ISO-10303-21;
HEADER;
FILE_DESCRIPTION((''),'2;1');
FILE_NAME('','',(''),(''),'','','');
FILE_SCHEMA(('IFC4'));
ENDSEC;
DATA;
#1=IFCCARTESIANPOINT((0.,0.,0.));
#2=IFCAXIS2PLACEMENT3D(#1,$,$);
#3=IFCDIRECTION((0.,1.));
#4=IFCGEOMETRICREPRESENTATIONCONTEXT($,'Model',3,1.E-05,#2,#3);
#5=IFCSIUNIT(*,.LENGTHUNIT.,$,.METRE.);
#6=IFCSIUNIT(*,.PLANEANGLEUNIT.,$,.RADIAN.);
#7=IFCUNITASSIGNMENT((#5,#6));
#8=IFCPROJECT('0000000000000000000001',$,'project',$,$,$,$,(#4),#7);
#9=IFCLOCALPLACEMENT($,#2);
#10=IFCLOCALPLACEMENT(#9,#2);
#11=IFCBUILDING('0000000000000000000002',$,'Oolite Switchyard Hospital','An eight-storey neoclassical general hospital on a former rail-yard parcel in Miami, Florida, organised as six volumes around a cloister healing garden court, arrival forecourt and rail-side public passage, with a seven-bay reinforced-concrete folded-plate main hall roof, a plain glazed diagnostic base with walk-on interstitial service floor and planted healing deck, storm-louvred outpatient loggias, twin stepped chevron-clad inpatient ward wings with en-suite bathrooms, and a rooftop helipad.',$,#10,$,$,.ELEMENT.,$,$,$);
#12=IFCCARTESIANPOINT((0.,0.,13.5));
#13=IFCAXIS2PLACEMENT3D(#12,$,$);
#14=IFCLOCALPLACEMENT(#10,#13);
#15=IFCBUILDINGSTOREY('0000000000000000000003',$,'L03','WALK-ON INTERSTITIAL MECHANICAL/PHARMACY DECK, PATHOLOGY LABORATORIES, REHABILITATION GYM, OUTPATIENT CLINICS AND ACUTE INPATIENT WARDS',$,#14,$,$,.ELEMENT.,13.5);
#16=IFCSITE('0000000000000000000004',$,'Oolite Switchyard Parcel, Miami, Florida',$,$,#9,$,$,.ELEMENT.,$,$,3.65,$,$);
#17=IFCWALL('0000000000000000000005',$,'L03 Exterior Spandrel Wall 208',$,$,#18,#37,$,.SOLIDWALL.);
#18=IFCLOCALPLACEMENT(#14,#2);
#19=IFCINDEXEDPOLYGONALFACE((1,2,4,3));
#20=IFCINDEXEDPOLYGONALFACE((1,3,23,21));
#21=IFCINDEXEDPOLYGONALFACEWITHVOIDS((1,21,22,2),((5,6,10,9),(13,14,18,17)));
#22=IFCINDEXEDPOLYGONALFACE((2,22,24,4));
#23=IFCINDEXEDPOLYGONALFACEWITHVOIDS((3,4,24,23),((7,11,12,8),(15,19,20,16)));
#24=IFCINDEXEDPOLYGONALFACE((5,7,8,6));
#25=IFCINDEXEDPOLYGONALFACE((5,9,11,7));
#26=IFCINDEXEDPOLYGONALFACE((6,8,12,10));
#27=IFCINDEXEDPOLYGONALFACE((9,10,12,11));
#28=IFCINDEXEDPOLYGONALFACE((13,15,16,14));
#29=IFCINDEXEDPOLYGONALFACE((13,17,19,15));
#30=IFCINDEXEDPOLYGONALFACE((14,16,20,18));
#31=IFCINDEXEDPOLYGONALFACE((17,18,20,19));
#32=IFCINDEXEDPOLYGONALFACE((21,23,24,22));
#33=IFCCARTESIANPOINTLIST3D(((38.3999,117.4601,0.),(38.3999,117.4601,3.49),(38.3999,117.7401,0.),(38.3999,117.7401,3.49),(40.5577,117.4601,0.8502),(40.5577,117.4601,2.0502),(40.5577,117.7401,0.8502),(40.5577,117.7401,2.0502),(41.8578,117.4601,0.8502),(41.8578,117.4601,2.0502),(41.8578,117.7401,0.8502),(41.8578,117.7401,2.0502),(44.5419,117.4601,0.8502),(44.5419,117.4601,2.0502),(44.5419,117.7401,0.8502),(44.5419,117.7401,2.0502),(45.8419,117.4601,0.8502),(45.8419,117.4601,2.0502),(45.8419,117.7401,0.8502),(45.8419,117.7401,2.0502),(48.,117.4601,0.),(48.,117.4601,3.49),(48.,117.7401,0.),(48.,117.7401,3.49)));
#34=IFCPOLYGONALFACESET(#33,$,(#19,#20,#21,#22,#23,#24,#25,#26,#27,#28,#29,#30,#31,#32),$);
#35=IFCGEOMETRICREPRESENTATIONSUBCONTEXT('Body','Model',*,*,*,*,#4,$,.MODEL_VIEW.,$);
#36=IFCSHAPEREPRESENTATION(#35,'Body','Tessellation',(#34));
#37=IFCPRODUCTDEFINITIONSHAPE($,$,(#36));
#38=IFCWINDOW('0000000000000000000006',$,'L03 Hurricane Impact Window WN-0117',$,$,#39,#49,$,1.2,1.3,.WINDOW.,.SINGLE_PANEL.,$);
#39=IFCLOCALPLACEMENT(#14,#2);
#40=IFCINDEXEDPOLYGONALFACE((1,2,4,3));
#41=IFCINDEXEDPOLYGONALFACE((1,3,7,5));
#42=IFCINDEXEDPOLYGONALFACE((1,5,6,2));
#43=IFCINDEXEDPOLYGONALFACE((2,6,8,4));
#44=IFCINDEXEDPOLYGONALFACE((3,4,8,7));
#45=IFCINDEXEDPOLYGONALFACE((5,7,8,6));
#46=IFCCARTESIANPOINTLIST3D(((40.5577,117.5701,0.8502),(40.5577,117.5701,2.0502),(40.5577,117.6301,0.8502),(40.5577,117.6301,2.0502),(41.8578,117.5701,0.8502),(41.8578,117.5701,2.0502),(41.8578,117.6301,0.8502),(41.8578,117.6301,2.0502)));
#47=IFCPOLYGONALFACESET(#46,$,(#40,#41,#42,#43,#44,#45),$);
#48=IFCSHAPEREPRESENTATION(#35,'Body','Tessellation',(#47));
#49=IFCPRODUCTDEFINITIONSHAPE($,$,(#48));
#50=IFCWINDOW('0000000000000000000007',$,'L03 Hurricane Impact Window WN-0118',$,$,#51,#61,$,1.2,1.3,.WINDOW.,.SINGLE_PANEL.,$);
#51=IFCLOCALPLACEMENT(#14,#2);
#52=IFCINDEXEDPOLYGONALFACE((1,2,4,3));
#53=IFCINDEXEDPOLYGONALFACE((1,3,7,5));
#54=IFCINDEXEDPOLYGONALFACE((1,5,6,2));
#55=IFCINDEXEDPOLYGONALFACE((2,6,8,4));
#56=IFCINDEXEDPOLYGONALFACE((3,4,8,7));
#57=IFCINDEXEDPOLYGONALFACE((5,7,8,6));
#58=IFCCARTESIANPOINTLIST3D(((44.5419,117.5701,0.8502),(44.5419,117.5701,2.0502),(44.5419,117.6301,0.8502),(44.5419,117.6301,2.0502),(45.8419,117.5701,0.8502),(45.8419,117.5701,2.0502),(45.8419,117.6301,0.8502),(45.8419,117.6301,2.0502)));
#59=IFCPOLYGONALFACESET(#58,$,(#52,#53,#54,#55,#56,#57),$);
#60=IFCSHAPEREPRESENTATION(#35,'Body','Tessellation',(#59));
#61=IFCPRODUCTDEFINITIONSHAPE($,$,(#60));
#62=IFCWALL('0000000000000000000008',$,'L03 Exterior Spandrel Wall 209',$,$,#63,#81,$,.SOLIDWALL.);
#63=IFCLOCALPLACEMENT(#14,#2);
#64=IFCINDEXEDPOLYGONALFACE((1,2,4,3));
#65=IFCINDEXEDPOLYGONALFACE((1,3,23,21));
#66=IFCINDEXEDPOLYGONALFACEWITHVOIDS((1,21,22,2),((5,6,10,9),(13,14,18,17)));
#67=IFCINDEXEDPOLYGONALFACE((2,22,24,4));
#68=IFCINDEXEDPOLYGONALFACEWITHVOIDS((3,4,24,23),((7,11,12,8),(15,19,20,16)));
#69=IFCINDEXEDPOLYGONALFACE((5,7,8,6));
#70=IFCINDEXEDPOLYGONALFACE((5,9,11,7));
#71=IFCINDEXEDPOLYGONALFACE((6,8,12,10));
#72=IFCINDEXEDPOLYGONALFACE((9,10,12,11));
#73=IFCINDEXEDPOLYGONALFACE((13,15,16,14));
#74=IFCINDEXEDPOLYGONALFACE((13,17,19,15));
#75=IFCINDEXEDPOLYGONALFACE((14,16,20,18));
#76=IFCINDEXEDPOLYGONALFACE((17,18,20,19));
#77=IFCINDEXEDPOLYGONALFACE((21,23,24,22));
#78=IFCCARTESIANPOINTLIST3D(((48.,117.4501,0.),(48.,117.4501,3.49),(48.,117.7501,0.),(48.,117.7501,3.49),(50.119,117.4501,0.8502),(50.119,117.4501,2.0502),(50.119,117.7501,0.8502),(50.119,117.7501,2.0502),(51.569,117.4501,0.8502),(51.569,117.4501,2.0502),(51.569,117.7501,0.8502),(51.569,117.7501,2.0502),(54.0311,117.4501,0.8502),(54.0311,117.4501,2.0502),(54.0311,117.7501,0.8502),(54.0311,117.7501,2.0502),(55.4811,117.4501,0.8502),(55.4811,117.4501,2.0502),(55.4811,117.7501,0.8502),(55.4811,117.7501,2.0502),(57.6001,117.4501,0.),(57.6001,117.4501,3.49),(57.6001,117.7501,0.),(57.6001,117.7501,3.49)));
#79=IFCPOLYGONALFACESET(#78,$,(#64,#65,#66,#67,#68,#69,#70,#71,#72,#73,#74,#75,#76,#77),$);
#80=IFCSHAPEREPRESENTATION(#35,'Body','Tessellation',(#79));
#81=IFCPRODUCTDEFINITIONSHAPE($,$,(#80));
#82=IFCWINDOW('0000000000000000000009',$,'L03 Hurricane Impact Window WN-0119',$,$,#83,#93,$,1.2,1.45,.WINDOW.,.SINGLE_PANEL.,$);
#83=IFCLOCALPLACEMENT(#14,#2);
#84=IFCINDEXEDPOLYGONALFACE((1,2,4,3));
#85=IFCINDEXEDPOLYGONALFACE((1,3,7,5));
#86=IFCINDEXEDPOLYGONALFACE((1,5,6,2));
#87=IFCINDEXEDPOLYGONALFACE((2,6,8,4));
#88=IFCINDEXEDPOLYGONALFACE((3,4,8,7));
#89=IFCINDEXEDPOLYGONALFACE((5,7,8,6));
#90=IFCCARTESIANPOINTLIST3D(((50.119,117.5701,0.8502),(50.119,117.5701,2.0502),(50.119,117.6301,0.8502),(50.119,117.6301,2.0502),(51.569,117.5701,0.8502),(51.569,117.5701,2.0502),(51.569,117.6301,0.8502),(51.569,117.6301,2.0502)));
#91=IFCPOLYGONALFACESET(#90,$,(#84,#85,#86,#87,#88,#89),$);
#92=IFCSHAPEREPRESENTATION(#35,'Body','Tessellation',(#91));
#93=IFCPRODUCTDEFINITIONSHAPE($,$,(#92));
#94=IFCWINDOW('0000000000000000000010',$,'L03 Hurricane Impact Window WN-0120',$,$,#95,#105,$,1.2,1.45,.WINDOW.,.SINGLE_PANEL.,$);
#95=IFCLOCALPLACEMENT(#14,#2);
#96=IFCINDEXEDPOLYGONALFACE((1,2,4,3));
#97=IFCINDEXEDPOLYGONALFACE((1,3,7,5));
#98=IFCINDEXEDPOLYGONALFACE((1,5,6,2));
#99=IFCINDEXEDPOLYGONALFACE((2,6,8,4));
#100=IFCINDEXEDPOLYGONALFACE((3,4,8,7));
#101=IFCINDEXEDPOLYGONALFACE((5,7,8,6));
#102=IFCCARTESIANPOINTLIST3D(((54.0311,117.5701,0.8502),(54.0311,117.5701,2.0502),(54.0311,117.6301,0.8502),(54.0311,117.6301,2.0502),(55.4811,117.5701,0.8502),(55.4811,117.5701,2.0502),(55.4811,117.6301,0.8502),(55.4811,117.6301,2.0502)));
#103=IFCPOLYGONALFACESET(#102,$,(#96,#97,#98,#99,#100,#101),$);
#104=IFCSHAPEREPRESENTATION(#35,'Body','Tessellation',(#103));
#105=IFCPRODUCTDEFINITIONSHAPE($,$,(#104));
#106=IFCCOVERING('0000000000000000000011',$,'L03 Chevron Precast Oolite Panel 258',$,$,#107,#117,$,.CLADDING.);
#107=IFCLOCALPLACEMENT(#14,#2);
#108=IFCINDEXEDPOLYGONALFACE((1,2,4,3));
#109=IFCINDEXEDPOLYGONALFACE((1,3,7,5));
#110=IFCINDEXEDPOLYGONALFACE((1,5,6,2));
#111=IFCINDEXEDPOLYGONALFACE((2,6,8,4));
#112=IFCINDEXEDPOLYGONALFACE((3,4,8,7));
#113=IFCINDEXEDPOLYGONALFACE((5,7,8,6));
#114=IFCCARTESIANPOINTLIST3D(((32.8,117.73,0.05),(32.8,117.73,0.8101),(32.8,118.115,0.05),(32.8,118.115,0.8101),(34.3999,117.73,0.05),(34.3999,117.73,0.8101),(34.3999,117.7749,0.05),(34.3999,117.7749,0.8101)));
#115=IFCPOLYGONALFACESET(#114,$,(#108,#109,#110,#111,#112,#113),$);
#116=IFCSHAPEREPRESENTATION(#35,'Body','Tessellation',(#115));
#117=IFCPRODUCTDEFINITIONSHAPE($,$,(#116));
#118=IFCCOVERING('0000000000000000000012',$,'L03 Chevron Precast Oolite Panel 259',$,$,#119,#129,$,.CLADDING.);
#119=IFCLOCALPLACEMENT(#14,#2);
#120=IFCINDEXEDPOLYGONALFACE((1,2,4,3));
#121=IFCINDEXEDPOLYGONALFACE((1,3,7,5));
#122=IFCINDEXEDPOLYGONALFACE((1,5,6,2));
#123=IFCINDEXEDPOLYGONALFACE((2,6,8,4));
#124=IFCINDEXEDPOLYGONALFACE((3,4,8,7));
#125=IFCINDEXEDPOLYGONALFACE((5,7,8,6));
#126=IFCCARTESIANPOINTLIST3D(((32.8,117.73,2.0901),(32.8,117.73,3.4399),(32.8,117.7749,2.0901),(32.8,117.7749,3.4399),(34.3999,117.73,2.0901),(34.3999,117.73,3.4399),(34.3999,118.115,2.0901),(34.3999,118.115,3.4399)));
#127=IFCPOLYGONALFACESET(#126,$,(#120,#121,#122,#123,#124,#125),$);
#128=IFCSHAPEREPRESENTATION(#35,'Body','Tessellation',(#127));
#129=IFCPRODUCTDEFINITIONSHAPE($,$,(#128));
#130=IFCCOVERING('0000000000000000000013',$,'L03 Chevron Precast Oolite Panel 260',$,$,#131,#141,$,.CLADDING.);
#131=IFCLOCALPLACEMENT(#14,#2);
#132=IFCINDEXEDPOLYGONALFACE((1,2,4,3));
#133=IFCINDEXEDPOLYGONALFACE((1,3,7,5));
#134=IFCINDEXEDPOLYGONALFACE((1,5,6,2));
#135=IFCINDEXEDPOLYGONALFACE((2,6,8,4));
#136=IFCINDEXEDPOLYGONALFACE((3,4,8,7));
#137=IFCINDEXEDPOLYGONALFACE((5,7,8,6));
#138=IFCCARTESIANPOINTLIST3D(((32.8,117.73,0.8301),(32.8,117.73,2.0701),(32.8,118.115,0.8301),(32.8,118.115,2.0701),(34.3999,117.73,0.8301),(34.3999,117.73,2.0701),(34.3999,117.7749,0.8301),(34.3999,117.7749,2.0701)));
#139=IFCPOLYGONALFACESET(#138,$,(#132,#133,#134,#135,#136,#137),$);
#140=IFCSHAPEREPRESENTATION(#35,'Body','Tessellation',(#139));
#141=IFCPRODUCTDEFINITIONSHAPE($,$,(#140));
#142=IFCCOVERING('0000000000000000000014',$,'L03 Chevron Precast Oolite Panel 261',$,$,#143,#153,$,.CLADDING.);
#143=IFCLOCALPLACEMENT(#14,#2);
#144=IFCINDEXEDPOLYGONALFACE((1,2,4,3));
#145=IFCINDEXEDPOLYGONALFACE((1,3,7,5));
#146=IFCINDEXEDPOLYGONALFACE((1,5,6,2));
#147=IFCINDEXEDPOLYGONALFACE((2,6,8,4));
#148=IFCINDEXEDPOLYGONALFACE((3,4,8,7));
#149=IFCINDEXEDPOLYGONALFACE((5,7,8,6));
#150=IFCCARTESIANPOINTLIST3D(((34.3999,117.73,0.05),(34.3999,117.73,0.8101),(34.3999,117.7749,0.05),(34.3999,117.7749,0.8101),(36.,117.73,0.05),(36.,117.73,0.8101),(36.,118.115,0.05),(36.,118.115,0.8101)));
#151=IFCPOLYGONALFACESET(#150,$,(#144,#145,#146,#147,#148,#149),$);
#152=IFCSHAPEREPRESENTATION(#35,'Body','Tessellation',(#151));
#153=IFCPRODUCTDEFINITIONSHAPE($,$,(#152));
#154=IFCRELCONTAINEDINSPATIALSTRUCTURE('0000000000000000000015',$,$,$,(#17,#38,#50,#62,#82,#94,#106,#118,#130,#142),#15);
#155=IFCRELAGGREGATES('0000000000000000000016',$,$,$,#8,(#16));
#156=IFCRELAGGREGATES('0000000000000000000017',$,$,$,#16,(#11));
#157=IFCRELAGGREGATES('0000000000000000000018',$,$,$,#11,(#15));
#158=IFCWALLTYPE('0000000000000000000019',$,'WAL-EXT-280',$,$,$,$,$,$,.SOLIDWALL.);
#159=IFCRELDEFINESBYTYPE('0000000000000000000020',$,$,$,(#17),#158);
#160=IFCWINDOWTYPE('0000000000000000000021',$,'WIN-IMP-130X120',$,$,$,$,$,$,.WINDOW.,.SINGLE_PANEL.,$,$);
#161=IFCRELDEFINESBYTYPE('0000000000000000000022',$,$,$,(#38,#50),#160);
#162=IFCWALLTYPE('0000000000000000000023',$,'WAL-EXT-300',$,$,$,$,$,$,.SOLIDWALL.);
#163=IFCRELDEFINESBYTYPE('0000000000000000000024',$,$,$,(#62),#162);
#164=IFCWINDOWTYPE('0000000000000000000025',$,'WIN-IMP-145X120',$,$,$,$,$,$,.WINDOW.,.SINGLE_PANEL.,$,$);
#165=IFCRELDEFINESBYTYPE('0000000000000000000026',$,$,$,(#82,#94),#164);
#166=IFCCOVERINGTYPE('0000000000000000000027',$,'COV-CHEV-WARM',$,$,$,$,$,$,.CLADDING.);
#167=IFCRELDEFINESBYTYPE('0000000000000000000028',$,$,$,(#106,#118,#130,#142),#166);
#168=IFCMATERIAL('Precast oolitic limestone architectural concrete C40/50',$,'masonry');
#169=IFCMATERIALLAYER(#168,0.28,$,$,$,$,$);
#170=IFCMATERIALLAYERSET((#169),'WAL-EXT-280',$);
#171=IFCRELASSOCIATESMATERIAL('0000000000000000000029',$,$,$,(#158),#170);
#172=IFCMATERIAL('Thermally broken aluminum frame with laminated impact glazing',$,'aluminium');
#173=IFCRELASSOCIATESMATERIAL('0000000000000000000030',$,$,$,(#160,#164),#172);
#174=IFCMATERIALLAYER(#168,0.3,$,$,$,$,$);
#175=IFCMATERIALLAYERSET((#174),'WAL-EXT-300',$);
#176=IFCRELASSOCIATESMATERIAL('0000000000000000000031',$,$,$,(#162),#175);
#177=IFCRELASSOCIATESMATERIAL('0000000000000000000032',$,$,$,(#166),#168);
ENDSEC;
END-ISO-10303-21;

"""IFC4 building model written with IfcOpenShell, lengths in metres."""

from ifc_helpers import new_model, si_unit, direction, frame, frame_2d, origin, place, context, subcontext, project, spatial, polyline, rectangle, outline, extrude, material, layer, layer_set, type_object, element, fill, save


model = new_model("IFC4")

# Units and contexts
model_context = context("Model", 3, precision=1e-05, world=origin(), true_north=direction((0.0, 1.0)))
body_context = subcontext(model_context, "Body", "Model", "MODEL_VIEW")
ifc_project = project(units=[si_unit("LENGTHUNIT", "METRE"), si_unit("PLANEANGLEUNIT", "RADIAN")], contexts=[model_context])

# Site, building, storey
site_placement = place(None, origin())
site = spatial("IfcSite", under=ifc_project, at=site_placement, Name="Oolite Switchyard Parcel, Miami, Florida", CompositionType="ELEMENT", RefElevation=3.65)
building_placement = place(site_placement, origin())
building = spatial("IfcBuilding", under=site, at=building_placement, Name="Oolite Switchyard Hospital", Description="An eight-storey neoclassical general hospital on a former rail-yard parcel in Miami, Florida, organised as six volumes around a cloister healing garden court, arrival forecourt and rail-side public passage, with a seven-bay reinforced-concrete folded-plate main hall roof, a plain glazed diagnostic base with walk-on interstitial service floor and planted healing deck, storm-louvred outpatient loggias, twin stepped chevron-clad inpatient ward wings with en-suite bathrooms, and a rooftop helipad.", CompositionType="ELEMENT")
storey_placement = place(building_placement, frame((0.0, 0.0, 13.5)))
storey = spatial("IfcBuildingStorey", under=building, at=storey_placement, Name="L03", Description="WALK-ON INTERSTITIAL MECHANICAL/PHARMACY DECK, PATHOLOGY LABORATORIES, REHABILITATION GYM, OUTPATIENT CLINICS AND ACUTE INPATIENT WARDS", CompositionType="ELEMENT", Elevation=13.5)

# Walls, openings, windows
ifc_material_1 = material(Name="Precast oolitic limestone architectural concrete C40/50", Category="masonry")
ifc_layer_1 = layer(ifc_material_1, 0.28)
ifc_layer_set_1 = layer_set([ifc_layer_1], Name="WAL-EXT-280")
wall_type_1 = type_object("IfcWallType", Name="WAL-EXT-280", PredefinedType="SOLIDWALL", material=ifc_layer_set_1)
wall_1_placement = place(storey_placement, frame((38.3999, 117.6001, 0.0), z_axis=(0.0, 0.0, 1.0), x_axis=(1.0, 0.0, 0.0)))
wall_1 = element("IfcWall", 1, at=wall_1_placement, inside=storey, type_object=wall_type_1, Name="L03 Exterior Spandrel Wall 208", PredefinedType="SOLIDWALL", context=body_context, shape_type="SweptSolid", body=[
    extrude(rectangle(XDim=9.6001, YDim=0.28, at=frame_2d((4.8, 0.0))), origin(), (0.0, 0.0, 1.0), 3.49),
])
opening_1_placement = place(wall_1_placement, frame((2.158, 0.0, 0.8501)))
opening_1 = element("IfcOpeningElement", 2, at=opening_1_placement, cuts=wall_1, PredefinedType="OPENING", context=body_context, shape_type="SweptSolid", body=[
    extrude(rectangle(XDim=1.3, YDim=1.2, at=frame_2d((0.6499, 0.6001))), frame((0.0, 0.1499, 0.0), z_axis=(0.0, -1.0, 0.0), x_axis=(1.0, 0.0, 0.0)), (0.0, 0.0, 1.0), 0.3),
])
opening_2_placement = place(wall_1_placement, frame((6.1421, 0.0, 0.8501)))
opening_2 = element("IfcOpeningElement", 3, at=opening_2_placement, cuts=wall_1, PredefinedType="OPENING", context=body_context, shape_type="SweptSolid", body=[
    extrude(rectangle(XDim=1.3, YDim=1.2, at=frame_2d((0.6499, 0.6001))), frame((0.0, 0.1499, 0.0), z_axis=(0.0, -1.0, 0.0), x_axis=(1.0, 0.0, 0.0)), (0.0, 0.0, 1.0), 0.3),
])
ifc_material_2 = material(Name="Thermally broken aluminum frame with laminated impact glazing", Category="aluminium")
window_type_1 = type_object("IfcWindowType", Name="WIN-IMP-130X120", PartitioningType="SINGLE_PANEL", PredefinedType="WINDOW", material=ifc_material_2)
window_1_placement = place(opening_1_placement, origin())
window_1 = element("IfcWindow", 4, at=window_1_placement, inside=storey, type_object=window_type_1, Name="L03 Hurricane Impact Window WN-0117", OverallHeight=1.2, OverallWidth=1.3, PartitioningType="SINGLE_PANEL", PredefinedType="WINDOW", context=body_context, shape_type="SweptSolid", body=[
    extrude(rectangle(XDim=1.3, YDim=1.2, at=frame_2d((0.6499, 0.6001))), frame((0.0, 0.03, 0.0), z_axis=(0.0, -1.0, 0.0), x_axis=(1.0, 0.0, 0.0)), (0.0, 0.0, 1.0), 0.0601),
])
fill(opening_1, window_1)
window_2_placement = place(opening_2_placement, origin())
window_2 = element("IfcWindow", 5, at=window_2_placement, inside=storey, type_object=window_type_1, Name="L03 Hurricane Impact Window WN-0118", OverallHeight=1.2, OverallWidth=1.3, PartitioningType="SINGLE_PANEL", PredefinedType="WINDOW", context=body_context, shape_type="SweptSolid", body=[
    extrude(rectangle(XDim=1.3, YDim=1.2, at=frame_2d((0.6499, 0.6001))), frame((0.0, 0.03, 0.0), z_axis=(0.0, -1.0, 0.0), x_axis=(1.0, 0.0, 0.0)), (0.0, 0.0, 1.0), 0.0601),
])
fill(opening_2, window_2)
ifc_layer_2 = layer(ifc_material_1, 0.3)
ifc_layer_set_2 = layer_set([ifc_layer_2], Name="WAL-EXT-300")
wall_type_2 = type_object("IfcWallType", Name="WAL-EXT-300", PredefinedType="SOLIDWALL", material=ifc_layer_set_2)
wall_2_placement = place(storey_placement, frame((48.0, 117.6001, 0.0), z_axis=(0.0, 0.0, 1.0), x_axis=(1.0, 0.0, 0.0)))
wall_2 = element("IfcWall", 6, at=wall_2_placement, inside=storey, type_object=wall_type_2, Name="L03 Exterior Spandrel Wall 209", PredefinedType="SOLIDWALL", context=body_context, shape_type="SweptSolid", body=[
    extrude(rectangle(XDim=9.6001, YDim=0.3, at=frame_2d((4.8, 0.0))), origin(), (0.0, 0.0, 1.0), 3.49),
])
opening_3_placement = place(wall_2_placement, frame((2.1189, 0.0, 0.8501)))
opening_3 = element("IfcOpeningElement", 7, at=opening_3_placement, cuts=wall_2, PredefinedType="OPENING", context=body_context, shape_type="SweptSolid", body=[
    extrude(rectangle(XDim=1.45, YDim=1.2, at=frame_2d((0.7251, 0.6001))), frame((0.0, 0.1602, 0.0), z_axis=(0.0, -1.0, 0.0), x_axis=(1.0, 0.0, 0.0)), (0.0, 0.0, 1.0), 0.3201),
])
opening_4_placement = place(wall_2_placement, frame((6.031, 0.0, 0.8501)))
opening_4 = element("IfcOpeningElement", 8, at=opening_4_placement, cuts=wall_2, PredefinedType="OPENING", context=body_context, shape_type="SweptSolid", body=[
    extrude(rectangle(XDim=1.45, YDim=1.2, at=frame_2d((0.7251, 0.6001))), frame((0.0, 0.1602, 0.0), z_axis=(0.0, -1.0, 0.0), x_axis=(1.0, 0.0, 0.0)), (0.0, 0.0, 1.0), 0.3201),
])
window_type_2 = type_object("IfcWindowType", Name="WIN-IMP-145X120", PartitioningType="SINGLE_PANEL", PredefinedType="WINDOW", material=ifc_material_2)
window_3_placement = place(opening_3_placement, origin())
window_3 = element("IfcWindow", 9, at=window_3_placement, inside=storey, type_object=window_type_2, Name="L03 Hurricane Impact Window WN-0119", OverallHeight=1.2, OverallWidth=1.45, PartitioningType="SINGLE_PANEL", PredefinedType="WINDOW", context=body_context, shape_type="SweptSolid", body=[
    extrude(rectangle(XDim=1.45, YDim=1.2, at=frame_2d((0.7251, 0.6001))), frame((0.0, 0.03, 0.0), z_axis=(0.0, -1.0, 0.0), x_axis=(1.0, 0.0, 0.0)), (0.0, 0.0, 1.0), 0.0601),
])
fill(opening_3, window_3)
window_4_placement = place(opening_4_placement, origin())
window_4 = element("IfcWindow", 10, at=window_4_placement, inside=storey, type_object=window_type_2, Name="L03 Hurricane Impact Window WN-0120", OverallHeight=1.2, OverallWidth=1.45, PartitioningType="SINGLE_PANEL", PredefinedType="WINDOW", context=body_context, shape_type="SweptSolid", body=[
    extrude(rectangle(XDim=1.45, YDim=1.2, at=frame_2d((0.7251, 0.6001))), frame((0.0, 0.03, 0.0), z_axis=(0.0, -1.0, 0.0), x_axis=(1.0, 0.0, 0.0)), (0.0, 0.0, 1.0), 0.0601),
])
fill(opening_4, window_4)

# Coverings
covering_type = type_object("IfcCoveringType", Name="COV-CHEV-WARM", PredefinedType="CLADDING", material=ifc_material_1)
covering_1_placement = place(storey_placement, frame((32.8, 117.73, 0.05), z_axis=(0.0, 0.0, 1.0), x_axis=(1.0, 0.0, 0.0)))
element("IfcCovering", 11, at=covering_1_placement, inside=storey, type_object=covering_type, Name="L03 Chevron Precast Oolite Panel 258", PredefinedType="CLADDING", context=body_context, shape_type="SweptSolid", body=[
    extrude(outline(polyline([(0.0, 0.0), (1.5999, 0.0), (1.5999, 0.0449), (0.0, 0.385), (0.0, 0.0)])), origin(), (0.0, 0.0, 1.0), 0.76),
])
covering_2_placement = place(storey_placement, frame((32.8, 117.73, 2.0901), z_axis=(0.0, 0.0, 1.0), x_axis=(1.0, 0.0, 0.0)))
element("IfcCovering", 12, at=covering_2_placement, inside=storey, type_object=covering_type, Name="L03 Chevron Precast Oolite Panel 259", PredefinedType="CLADDING", context=body_context, shape_type="SweptSolid", body=[
    extrude(outline(polyline([(0.0, 0.0), (1.5999, 0.0), (1.5999, 0.385), (0.0, 0.0449), (0.0, 0.0)])), origin(), (0.0, 0.0, 1.0), 1.3499),
])
covering_3_placement = place(storey_placement, frame((32.8, 117.73, 0.8301), z_axis=(0.0, 0.0, 1.0), x_axis=(1.0, 0.0, 0.0)))
element("IfcCovering", 13, at=covering_3_placement, inside=storey, type_object=covering_type, Name="L03 Chevron Precast Oolite Panel 260", PredefinedType="CLADDING", context=body_context, shape_type="SweptSolid", body=[
    extrude(outline(polyline([(0.0, 0.0), (1.5999, 0.0), (1.5999, 0.0449), (0.0, 0.385), (0.0, 0.0)])), origin(), (0.0, 0.0, 1.0), 1.24),
])
covering_4_placement = place(storey_placement, frame((34.3999, 117.73, 0.05), z_axis=(0.0, 0.0, 1.0), x_axis=(1.0, 0.0, 0.0)))
element("IfcCovering", 14, at=covering_4_placement, inside=storey, type_object=covering_type, Name="L03 Chevron Precast Oolite Panel 261", PredefinedType="CLADDING", context=body_context, shape_type="SweptSolid", body=[
    extrude(outline(polyline([(0.0, 0.0), (1.6001, 0.0), (1.6001, 0.385), (0.0, 0.0449), (0.0, 0.0)])), origin(), (0.0, 0.0, 1.0), 0.76),
])

save(model, "model.ifc")
